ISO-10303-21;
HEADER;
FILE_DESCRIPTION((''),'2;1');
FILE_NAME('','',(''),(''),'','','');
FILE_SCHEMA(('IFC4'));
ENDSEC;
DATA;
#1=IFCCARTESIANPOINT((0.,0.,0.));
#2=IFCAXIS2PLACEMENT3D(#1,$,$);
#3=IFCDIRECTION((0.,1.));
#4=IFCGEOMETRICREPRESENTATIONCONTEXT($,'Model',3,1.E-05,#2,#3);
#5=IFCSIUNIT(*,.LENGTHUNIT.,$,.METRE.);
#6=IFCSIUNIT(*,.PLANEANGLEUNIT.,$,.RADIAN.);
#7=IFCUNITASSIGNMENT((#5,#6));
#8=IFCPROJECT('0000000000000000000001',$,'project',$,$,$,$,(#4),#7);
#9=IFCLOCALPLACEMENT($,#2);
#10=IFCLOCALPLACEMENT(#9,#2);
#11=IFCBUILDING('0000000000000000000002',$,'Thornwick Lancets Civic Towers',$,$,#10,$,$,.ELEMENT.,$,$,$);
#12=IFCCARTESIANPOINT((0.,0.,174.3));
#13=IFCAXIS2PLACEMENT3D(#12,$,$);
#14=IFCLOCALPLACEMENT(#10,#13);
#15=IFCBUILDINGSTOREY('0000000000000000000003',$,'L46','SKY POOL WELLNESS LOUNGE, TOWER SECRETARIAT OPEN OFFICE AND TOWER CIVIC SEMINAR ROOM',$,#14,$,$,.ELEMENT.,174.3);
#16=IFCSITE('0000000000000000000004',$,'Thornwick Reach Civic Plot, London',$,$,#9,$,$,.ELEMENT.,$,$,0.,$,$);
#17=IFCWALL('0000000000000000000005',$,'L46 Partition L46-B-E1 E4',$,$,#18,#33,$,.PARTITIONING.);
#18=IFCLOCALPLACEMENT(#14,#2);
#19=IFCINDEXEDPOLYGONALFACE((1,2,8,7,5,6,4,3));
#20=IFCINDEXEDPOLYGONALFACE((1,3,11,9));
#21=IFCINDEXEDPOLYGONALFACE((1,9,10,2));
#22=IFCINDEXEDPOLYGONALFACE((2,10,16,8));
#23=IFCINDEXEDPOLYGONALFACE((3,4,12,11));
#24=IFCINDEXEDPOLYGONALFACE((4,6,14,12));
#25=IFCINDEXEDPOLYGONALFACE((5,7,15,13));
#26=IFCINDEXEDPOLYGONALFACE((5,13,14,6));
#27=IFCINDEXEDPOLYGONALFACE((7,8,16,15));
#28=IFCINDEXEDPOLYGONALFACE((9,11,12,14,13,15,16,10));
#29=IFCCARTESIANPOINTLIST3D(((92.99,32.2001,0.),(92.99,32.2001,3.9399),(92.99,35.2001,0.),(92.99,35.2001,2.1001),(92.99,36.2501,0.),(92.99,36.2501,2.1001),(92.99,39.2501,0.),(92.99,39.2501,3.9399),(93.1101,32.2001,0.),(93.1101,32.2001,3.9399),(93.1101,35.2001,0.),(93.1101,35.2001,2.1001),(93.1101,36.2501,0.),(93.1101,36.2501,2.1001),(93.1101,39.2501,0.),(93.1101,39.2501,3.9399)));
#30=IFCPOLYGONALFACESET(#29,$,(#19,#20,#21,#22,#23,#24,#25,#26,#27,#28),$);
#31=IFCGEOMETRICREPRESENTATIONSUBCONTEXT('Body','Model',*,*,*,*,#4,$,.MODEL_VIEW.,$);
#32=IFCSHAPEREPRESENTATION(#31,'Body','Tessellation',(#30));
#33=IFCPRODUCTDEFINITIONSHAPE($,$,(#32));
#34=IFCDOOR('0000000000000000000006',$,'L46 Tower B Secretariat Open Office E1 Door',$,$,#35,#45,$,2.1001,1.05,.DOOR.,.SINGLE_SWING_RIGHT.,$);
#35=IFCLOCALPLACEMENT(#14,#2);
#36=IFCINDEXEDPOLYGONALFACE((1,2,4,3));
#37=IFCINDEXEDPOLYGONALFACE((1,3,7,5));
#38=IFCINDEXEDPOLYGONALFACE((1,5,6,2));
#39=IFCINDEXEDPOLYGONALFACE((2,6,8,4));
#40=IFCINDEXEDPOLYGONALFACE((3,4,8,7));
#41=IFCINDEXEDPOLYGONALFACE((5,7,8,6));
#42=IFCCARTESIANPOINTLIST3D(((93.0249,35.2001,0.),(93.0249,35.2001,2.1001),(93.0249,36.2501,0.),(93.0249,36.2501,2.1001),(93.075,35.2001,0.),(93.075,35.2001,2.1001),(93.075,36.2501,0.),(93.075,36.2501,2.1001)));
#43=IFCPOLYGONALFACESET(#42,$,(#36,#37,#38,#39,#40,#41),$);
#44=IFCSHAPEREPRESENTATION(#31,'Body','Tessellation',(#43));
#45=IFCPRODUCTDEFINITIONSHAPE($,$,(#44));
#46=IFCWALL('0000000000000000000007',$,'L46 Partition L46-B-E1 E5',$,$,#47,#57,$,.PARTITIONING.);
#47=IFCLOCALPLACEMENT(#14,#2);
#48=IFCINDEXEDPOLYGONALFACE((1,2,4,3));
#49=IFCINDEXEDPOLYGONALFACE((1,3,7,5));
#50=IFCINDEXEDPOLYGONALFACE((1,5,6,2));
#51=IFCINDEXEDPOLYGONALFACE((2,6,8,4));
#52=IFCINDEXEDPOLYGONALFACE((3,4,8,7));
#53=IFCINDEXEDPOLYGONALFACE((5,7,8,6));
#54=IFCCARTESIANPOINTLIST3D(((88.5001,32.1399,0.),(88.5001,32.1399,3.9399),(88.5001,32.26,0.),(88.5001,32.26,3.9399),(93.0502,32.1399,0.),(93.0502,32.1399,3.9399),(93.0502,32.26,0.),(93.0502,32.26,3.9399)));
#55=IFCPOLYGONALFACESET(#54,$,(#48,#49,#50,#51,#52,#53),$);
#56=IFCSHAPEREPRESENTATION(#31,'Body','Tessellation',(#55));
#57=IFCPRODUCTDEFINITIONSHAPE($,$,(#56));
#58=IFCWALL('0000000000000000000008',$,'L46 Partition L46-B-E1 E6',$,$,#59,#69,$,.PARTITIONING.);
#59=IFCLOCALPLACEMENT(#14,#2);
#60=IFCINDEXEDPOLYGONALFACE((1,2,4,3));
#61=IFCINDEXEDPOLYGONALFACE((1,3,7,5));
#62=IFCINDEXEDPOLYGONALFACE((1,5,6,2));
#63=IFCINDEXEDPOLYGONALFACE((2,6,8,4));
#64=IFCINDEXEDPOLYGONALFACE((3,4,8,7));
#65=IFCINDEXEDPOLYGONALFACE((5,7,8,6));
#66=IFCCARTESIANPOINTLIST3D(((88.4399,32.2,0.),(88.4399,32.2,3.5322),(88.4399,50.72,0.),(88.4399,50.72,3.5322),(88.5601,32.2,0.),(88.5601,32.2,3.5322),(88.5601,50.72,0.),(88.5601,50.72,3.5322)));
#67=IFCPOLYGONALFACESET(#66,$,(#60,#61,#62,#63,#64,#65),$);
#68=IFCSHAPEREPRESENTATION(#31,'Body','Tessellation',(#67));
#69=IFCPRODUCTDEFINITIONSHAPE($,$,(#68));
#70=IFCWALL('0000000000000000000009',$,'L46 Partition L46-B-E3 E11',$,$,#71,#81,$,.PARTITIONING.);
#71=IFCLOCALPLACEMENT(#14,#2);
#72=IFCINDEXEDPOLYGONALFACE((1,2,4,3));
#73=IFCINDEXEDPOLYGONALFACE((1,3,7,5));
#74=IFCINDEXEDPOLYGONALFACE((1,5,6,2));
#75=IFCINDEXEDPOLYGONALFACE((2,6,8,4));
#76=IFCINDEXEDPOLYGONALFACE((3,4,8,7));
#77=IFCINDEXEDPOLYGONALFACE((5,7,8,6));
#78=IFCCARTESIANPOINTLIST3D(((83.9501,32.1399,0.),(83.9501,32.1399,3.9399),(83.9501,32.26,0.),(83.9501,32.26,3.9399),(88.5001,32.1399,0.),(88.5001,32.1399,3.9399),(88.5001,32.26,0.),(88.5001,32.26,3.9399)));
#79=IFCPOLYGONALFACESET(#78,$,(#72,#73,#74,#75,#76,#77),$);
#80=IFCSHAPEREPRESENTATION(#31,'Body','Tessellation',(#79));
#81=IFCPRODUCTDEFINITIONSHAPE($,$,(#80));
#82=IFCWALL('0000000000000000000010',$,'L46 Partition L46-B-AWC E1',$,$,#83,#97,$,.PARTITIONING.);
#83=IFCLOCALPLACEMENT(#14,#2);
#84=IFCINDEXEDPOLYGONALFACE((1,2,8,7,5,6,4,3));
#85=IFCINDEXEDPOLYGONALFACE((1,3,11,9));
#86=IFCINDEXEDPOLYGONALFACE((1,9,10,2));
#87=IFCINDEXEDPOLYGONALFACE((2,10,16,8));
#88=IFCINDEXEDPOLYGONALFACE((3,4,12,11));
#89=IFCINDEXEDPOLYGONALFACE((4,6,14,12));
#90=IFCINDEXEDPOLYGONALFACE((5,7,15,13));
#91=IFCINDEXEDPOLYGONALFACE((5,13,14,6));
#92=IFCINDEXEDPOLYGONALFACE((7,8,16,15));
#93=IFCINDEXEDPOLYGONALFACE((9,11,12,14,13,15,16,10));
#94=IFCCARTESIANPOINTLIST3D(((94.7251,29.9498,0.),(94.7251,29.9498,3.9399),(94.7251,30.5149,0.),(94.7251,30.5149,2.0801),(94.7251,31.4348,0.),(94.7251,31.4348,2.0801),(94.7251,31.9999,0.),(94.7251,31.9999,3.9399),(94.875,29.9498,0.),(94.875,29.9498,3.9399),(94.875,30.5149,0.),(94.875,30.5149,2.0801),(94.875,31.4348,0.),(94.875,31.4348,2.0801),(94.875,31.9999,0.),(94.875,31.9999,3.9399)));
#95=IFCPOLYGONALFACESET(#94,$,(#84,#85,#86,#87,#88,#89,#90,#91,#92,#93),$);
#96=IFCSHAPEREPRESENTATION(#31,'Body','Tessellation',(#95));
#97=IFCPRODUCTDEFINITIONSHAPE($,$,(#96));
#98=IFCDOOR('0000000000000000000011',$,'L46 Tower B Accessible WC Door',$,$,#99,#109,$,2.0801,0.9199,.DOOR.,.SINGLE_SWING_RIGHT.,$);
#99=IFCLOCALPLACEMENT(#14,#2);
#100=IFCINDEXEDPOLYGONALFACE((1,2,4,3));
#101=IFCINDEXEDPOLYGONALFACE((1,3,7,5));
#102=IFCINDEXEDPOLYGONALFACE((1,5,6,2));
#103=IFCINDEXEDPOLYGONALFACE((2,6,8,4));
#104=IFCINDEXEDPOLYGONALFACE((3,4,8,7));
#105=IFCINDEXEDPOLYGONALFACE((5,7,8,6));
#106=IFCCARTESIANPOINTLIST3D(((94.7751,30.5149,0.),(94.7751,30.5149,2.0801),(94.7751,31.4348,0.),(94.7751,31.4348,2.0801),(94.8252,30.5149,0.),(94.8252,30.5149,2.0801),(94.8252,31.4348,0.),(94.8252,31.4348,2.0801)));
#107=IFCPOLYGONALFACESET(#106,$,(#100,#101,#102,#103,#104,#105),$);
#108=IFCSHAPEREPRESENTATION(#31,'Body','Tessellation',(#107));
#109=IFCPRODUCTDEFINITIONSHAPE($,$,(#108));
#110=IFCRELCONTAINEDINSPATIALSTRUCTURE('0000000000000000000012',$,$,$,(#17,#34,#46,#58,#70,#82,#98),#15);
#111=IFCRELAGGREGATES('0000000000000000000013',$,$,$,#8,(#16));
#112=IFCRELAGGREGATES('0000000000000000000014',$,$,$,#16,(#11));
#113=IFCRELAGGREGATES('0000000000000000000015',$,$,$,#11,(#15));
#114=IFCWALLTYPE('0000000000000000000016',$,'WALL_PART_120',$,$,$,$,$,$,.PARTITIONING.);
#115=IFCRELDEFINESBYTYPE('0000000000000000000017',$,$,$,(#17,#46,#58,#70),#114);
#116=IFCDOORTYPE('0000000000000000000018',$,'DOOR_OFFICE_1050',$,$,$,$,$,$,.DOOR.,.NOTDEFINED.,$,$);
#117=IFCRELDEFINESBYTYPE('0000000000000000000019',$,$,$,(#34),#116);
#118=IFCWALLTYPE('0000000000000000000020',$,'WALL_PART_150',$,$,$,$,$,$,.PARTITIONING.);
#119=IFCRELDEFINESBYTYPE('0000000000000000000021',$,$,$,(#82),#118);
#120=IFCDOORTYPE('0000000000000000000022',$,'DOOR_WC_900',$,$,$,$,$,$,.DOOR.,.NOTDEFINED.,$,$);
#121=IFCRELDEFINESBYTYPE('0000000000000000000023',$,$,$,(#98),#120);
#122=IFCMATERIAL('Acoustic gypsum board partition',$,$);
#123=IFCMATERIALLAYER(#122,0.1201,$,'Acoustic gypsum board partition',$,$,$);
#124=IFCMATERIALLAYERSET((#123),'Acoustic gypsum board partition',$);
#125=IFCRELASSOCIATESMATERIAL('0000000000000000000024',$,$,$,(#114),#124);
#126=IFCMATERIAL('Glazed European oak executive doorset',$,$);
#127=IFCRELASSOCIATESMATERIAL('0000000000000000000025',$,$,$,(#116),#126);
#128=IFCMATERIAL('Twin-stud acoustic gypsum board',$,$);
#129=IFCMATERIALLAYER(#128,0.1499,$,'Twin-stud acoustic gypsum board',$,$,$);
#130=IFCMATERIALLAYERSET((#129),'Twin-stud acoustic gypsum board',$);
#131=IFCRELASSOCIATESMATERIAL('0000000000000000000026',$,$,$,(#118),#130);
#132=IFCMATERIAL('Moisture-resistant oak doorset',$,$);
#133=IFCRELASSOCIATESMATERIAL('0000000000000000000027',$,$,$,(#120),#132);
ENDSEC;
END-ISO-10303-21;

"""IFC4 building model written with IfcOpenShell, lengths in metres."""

from ifc_helpers import new_model, si_unit, direction, frame, frame_2d, origin, place, context, subcontext, project, spatial, rectangle, extrude, material, layer, layer_set, type_object, element, fill, save


model = new_model("IFC4")

# Units and contexts
model_context = context("Model", 3, precision=1e-05, world=origin(), true_north=direction((0.0, 1.0)))
body_context = subcontext(model_context, "Body", "Model", "MODEL_VIEW")
ifc_project = project(units=[si_unit("LENGTHUNIT", "METRE"), si_unit("PLANEANGLEUNIT", "RADIAN")], contexts=[model_context])

# Site, building, storey
site_placement = place(None, origin())
site = spatial("IfcSite", under=ifc_project, at=site_placement, Name="Thornwick Reach Civic Plot, London", CompositionType="ELEMENT", RefElevation=0.0)
building_placement = place(site_placement, origin())
building = spatial("IfcBuilding", under=site, at=building_placement, Name="Thornwick Lancets Civic Towers", CompositionType="ELEMENT")
storey_placement = place(building_placement, frame((0.0, 0.0, 174.3)))
storey = spatial("IfcBuildingStorey", under=building, at=storey_placement, Name="L46", Description="SKY POOL WELLNESS LOUNGE, TOWER SECRETARIAT OPEN OFFICE AND TOWER CIVIC SEMINAR ROOM", CompositionType="ELEMENT", Elevation=174.3)

# Shared definitions
ifc_material_1 = material(Name="Acoustic gypsum board partition")
ifc_layer_1 = layer(ifc_material_1, 0.1201, Name="Acoustic gypsum board partition")
ifc_layer_set_1 = layer_set([ifc_layer_1], Name="Acoustic gypsum board partition")
wall_type_1 = type_object("IfcWallType", Name="WALL_PART_120", PredefinedType="PARTITIONING", material=ifc_layer_set_1)

# Wall, opening, door
wall_1_placement = place(storey_placement, frame((93.05, 39.25, 0.0), z_axis=(0.0, 0.0, 1.0), x_axis=(0.0, -1.0, 0.0)))
wall_1 = element("IfcWall", 1, at=wall_1_placement, inside=storey, type_object=wall_type_1, Name="L46 Partition L46-B-E1 E4", PredefinedType="PARTITIONING", context=body_context, shape_type="SweptSolid", body=[
    extrude(rectangle(XDim=7.05, YDim=0.1201, at=frame_2d((3.5249, 0.0))), origin(), (0.0, 0.0, 1.0), 3.9399),
])
opening_1_placement = place(wall_1_placement, frame((3.0, 0.0, 0.0)))
opening_1 = element("IfcOpeningElement", 2, at=opening_1_placement, cuts=wall_1, PredefinedType="OPENING", context=body_context, shape_type="SweptSolid", body=[
    extrude(rectangle(XDim=1.05, YDim=2.1001, at=frame_2d((0.5249, 1.05))), frame((0.0, 0.0701, 0.0), z_axis=(0.0, -1.0, 0.0), x_axis=(1.0, 0.0, 0.0)), (0.0, 0.0, 1.0), 0.1401),
])
ifc_material_2 = material(Name="Glazed European oak executive doorset")
door_type_1 = type_object("IfcDoorType", Name="DOOR_OFFICE_1050", OperationType="NOTDEFINED", PredefinedType="DOOR", material=ifc_material_2)
door_1_placement = place(opening_1_placement, origin())
door_1 = element("IfcDoor", 3, at=door_1_placement, inside=storey, type_object=door_type_1, Name="L46 Tower B Secretariat Open Office E1 Door", OperationType="SINGLE_SWING_RIGHT", OverallHeight=2.1001, OverallWidth=1.05, PredefinedType="DOOR", context=body_context, shape_type="SweptSolid", body=[
    extrude(rectangle(XDim=1.05, YDim=2.1001, at=frame_2d((0.5249, 1.05))), frame((0.0, 0.0249, 0.0), z_axis=(0.0, -1.0, 0.0), x_axis=(1.0, 0.0, 0.0)), (0.0, 0.0, 1.0), 0.05),
])
fill(opening_1, door_1)

# Walls
wall_2_placement = place(storey_placement, frame((93.05, 32.2, 0.0), z_axis=(0.0, 0.0, 1.0), x_axis=(-1.0, 0.0, 0.0)))
element("IfcWall", 4, at=wall_2_placement, inside=storey, type_object=wall_type_1, Name="L46 Partition L46-B-E1 E5", PredefinedType="PARTITIONING", context=body_context, shape_type="SweptSolid", body=[
    extrude(rectangle(XDim=4.55, YDim=0.1201, at=frame_2d((2.2749, 0.0))), origin(), (0.0, 0.0, 1.0), 3.9399),
])
wall_3_placement = place(storey_placement, frame((88.5, 32.2, 0.0), z_axis=(0.0, 0.0, 1.0), x_axis=(0.0, 1.0, 0.0)))
element("IfcWall", 5, at=wall_3_placement, inside=storey, type_object=wall_type_1, Name="L46 Partition L46-B-E1 E6", PredefinedType="PARTITIONING", context=body_context, shape_type="SweptSolid", body=[
    extrude(rectangle(XDim=18.52, YDim=0.1201, at=frame_2d((9.26, 0.0))), origin(), (0.0, 0.0, 1.0), 3.5322),
])
wall_4_placement = place(storey_placement, frame((88.5, 32.2, 0.0), z_axis=(0.0, 0.0, 1.0), x_axis=(-1.0, 0.0, 0.0)))
element("IfcWall", 6, at=wall_4_placement, inside=storey, type_object=wall_type_1, Name="L46 Partition L46-B-E3 E11", PredefinedType="PARTITIONING", context=body_context, shape_type="SweptSolid", body=[
    extrude(rectangle(XDim=4.55, YDim=0.1201, at=frame_2d((2.2749, 0.0))), origin(), (0.0, 0.0, 1.0), 3.9399),
])

# Wall, opening, door
ifc_material_3 = material(Name="Twin-stud acoustic gypsum board")
ifc_layer_2 = layer(ifc_material_3, 0.1499, Name="Twin-stud acoustic gypsum board")
ifc_layer_set_2 = layer_set([ifc_layer_2], Name="Twin-stud acoustic gypsum board")
wall_type_2 = type_object("IfcWallType", Name="WALL_PART_150", PredefinedType="PARTITIONING", material=ifc_layer_set_2)
wall_5_placement = place(storey_placement, frame((94.8, 29.95, 0.0), z_axis=(0.0, 0.0, 1.0), x_axis=(0.0, 1.0, 0.0)))
wall_5 = element("IfcWall", 7, at=wall_5_placement, inside=storey, type_object=wall_type_2, Name="L46 Partition L46-B-AWC E1", PredefinedType="PARTITIONING", context=body_context, shape_type="SweptSolid", body=[
    extrude(rectangle(XDim=2.05, YDim=0.1499, at=frame_2d((1.0249, 0.0))), origin(), (0.0, 0.0, 1.0), 3.9399),
])
opening_2_placement = place(wall_5_placement, frame((0.5649, 0.0, 0.0)))
opening_2 = element("IfcOpeningElement", 8, at=opening_2_placement, cuts=wall_5, PredefinedType="OPENING", context=body_context, shape_type="SweptSolid", body=[
    extrude(rectangle(XDim=0.9199, YDim=2.0801, at=frame_2d((0.46, 1.04))), frame((0.0, 0.085, 0.0), z_axis=(0.0, -1.0, 0.0), x_axis=(1.0, 0.0, 0.0)), (0.0, 0.0, 1.0), 0.1699),
])
ifc_material_4 = material(Name="Moisture-resistant oak doorset")
door_type_2 = type_object("IfcDoorType", Name="DOOR_WC_900", OperationType="NOTDEFINED", PredefinedType="DOOR", material=ifc_material_4)
door_2_placement = place(opening_2_placement, origin())
door_2 = element("IfcDoor", 9, at=door_2_placement, inside=storey, type_object=door_type_2, Name="L46 Tower B Accessible WC Door", OperationType="SINGLE_SWING_RIGHT", OverallHeight=2.0801, OverallWidth=0.9199, PredefinedType="DOOR", context=body_context, shape_type="SweptSolid", body=[
    extrude(rectangle(XDim=0.9199, YDim=2.0801, at=frame_2d((0.46, 1.04))), frame((0.0, 0.0249, 0.0), z_axis=(0.0, -1.0, 0.0), x_axis=(1.0, 0.0, 0.0)), (0.0, 0.0, 1.0), 0.05),
])
fill(opening_2, door_2)

save(model, "model.ifc")
